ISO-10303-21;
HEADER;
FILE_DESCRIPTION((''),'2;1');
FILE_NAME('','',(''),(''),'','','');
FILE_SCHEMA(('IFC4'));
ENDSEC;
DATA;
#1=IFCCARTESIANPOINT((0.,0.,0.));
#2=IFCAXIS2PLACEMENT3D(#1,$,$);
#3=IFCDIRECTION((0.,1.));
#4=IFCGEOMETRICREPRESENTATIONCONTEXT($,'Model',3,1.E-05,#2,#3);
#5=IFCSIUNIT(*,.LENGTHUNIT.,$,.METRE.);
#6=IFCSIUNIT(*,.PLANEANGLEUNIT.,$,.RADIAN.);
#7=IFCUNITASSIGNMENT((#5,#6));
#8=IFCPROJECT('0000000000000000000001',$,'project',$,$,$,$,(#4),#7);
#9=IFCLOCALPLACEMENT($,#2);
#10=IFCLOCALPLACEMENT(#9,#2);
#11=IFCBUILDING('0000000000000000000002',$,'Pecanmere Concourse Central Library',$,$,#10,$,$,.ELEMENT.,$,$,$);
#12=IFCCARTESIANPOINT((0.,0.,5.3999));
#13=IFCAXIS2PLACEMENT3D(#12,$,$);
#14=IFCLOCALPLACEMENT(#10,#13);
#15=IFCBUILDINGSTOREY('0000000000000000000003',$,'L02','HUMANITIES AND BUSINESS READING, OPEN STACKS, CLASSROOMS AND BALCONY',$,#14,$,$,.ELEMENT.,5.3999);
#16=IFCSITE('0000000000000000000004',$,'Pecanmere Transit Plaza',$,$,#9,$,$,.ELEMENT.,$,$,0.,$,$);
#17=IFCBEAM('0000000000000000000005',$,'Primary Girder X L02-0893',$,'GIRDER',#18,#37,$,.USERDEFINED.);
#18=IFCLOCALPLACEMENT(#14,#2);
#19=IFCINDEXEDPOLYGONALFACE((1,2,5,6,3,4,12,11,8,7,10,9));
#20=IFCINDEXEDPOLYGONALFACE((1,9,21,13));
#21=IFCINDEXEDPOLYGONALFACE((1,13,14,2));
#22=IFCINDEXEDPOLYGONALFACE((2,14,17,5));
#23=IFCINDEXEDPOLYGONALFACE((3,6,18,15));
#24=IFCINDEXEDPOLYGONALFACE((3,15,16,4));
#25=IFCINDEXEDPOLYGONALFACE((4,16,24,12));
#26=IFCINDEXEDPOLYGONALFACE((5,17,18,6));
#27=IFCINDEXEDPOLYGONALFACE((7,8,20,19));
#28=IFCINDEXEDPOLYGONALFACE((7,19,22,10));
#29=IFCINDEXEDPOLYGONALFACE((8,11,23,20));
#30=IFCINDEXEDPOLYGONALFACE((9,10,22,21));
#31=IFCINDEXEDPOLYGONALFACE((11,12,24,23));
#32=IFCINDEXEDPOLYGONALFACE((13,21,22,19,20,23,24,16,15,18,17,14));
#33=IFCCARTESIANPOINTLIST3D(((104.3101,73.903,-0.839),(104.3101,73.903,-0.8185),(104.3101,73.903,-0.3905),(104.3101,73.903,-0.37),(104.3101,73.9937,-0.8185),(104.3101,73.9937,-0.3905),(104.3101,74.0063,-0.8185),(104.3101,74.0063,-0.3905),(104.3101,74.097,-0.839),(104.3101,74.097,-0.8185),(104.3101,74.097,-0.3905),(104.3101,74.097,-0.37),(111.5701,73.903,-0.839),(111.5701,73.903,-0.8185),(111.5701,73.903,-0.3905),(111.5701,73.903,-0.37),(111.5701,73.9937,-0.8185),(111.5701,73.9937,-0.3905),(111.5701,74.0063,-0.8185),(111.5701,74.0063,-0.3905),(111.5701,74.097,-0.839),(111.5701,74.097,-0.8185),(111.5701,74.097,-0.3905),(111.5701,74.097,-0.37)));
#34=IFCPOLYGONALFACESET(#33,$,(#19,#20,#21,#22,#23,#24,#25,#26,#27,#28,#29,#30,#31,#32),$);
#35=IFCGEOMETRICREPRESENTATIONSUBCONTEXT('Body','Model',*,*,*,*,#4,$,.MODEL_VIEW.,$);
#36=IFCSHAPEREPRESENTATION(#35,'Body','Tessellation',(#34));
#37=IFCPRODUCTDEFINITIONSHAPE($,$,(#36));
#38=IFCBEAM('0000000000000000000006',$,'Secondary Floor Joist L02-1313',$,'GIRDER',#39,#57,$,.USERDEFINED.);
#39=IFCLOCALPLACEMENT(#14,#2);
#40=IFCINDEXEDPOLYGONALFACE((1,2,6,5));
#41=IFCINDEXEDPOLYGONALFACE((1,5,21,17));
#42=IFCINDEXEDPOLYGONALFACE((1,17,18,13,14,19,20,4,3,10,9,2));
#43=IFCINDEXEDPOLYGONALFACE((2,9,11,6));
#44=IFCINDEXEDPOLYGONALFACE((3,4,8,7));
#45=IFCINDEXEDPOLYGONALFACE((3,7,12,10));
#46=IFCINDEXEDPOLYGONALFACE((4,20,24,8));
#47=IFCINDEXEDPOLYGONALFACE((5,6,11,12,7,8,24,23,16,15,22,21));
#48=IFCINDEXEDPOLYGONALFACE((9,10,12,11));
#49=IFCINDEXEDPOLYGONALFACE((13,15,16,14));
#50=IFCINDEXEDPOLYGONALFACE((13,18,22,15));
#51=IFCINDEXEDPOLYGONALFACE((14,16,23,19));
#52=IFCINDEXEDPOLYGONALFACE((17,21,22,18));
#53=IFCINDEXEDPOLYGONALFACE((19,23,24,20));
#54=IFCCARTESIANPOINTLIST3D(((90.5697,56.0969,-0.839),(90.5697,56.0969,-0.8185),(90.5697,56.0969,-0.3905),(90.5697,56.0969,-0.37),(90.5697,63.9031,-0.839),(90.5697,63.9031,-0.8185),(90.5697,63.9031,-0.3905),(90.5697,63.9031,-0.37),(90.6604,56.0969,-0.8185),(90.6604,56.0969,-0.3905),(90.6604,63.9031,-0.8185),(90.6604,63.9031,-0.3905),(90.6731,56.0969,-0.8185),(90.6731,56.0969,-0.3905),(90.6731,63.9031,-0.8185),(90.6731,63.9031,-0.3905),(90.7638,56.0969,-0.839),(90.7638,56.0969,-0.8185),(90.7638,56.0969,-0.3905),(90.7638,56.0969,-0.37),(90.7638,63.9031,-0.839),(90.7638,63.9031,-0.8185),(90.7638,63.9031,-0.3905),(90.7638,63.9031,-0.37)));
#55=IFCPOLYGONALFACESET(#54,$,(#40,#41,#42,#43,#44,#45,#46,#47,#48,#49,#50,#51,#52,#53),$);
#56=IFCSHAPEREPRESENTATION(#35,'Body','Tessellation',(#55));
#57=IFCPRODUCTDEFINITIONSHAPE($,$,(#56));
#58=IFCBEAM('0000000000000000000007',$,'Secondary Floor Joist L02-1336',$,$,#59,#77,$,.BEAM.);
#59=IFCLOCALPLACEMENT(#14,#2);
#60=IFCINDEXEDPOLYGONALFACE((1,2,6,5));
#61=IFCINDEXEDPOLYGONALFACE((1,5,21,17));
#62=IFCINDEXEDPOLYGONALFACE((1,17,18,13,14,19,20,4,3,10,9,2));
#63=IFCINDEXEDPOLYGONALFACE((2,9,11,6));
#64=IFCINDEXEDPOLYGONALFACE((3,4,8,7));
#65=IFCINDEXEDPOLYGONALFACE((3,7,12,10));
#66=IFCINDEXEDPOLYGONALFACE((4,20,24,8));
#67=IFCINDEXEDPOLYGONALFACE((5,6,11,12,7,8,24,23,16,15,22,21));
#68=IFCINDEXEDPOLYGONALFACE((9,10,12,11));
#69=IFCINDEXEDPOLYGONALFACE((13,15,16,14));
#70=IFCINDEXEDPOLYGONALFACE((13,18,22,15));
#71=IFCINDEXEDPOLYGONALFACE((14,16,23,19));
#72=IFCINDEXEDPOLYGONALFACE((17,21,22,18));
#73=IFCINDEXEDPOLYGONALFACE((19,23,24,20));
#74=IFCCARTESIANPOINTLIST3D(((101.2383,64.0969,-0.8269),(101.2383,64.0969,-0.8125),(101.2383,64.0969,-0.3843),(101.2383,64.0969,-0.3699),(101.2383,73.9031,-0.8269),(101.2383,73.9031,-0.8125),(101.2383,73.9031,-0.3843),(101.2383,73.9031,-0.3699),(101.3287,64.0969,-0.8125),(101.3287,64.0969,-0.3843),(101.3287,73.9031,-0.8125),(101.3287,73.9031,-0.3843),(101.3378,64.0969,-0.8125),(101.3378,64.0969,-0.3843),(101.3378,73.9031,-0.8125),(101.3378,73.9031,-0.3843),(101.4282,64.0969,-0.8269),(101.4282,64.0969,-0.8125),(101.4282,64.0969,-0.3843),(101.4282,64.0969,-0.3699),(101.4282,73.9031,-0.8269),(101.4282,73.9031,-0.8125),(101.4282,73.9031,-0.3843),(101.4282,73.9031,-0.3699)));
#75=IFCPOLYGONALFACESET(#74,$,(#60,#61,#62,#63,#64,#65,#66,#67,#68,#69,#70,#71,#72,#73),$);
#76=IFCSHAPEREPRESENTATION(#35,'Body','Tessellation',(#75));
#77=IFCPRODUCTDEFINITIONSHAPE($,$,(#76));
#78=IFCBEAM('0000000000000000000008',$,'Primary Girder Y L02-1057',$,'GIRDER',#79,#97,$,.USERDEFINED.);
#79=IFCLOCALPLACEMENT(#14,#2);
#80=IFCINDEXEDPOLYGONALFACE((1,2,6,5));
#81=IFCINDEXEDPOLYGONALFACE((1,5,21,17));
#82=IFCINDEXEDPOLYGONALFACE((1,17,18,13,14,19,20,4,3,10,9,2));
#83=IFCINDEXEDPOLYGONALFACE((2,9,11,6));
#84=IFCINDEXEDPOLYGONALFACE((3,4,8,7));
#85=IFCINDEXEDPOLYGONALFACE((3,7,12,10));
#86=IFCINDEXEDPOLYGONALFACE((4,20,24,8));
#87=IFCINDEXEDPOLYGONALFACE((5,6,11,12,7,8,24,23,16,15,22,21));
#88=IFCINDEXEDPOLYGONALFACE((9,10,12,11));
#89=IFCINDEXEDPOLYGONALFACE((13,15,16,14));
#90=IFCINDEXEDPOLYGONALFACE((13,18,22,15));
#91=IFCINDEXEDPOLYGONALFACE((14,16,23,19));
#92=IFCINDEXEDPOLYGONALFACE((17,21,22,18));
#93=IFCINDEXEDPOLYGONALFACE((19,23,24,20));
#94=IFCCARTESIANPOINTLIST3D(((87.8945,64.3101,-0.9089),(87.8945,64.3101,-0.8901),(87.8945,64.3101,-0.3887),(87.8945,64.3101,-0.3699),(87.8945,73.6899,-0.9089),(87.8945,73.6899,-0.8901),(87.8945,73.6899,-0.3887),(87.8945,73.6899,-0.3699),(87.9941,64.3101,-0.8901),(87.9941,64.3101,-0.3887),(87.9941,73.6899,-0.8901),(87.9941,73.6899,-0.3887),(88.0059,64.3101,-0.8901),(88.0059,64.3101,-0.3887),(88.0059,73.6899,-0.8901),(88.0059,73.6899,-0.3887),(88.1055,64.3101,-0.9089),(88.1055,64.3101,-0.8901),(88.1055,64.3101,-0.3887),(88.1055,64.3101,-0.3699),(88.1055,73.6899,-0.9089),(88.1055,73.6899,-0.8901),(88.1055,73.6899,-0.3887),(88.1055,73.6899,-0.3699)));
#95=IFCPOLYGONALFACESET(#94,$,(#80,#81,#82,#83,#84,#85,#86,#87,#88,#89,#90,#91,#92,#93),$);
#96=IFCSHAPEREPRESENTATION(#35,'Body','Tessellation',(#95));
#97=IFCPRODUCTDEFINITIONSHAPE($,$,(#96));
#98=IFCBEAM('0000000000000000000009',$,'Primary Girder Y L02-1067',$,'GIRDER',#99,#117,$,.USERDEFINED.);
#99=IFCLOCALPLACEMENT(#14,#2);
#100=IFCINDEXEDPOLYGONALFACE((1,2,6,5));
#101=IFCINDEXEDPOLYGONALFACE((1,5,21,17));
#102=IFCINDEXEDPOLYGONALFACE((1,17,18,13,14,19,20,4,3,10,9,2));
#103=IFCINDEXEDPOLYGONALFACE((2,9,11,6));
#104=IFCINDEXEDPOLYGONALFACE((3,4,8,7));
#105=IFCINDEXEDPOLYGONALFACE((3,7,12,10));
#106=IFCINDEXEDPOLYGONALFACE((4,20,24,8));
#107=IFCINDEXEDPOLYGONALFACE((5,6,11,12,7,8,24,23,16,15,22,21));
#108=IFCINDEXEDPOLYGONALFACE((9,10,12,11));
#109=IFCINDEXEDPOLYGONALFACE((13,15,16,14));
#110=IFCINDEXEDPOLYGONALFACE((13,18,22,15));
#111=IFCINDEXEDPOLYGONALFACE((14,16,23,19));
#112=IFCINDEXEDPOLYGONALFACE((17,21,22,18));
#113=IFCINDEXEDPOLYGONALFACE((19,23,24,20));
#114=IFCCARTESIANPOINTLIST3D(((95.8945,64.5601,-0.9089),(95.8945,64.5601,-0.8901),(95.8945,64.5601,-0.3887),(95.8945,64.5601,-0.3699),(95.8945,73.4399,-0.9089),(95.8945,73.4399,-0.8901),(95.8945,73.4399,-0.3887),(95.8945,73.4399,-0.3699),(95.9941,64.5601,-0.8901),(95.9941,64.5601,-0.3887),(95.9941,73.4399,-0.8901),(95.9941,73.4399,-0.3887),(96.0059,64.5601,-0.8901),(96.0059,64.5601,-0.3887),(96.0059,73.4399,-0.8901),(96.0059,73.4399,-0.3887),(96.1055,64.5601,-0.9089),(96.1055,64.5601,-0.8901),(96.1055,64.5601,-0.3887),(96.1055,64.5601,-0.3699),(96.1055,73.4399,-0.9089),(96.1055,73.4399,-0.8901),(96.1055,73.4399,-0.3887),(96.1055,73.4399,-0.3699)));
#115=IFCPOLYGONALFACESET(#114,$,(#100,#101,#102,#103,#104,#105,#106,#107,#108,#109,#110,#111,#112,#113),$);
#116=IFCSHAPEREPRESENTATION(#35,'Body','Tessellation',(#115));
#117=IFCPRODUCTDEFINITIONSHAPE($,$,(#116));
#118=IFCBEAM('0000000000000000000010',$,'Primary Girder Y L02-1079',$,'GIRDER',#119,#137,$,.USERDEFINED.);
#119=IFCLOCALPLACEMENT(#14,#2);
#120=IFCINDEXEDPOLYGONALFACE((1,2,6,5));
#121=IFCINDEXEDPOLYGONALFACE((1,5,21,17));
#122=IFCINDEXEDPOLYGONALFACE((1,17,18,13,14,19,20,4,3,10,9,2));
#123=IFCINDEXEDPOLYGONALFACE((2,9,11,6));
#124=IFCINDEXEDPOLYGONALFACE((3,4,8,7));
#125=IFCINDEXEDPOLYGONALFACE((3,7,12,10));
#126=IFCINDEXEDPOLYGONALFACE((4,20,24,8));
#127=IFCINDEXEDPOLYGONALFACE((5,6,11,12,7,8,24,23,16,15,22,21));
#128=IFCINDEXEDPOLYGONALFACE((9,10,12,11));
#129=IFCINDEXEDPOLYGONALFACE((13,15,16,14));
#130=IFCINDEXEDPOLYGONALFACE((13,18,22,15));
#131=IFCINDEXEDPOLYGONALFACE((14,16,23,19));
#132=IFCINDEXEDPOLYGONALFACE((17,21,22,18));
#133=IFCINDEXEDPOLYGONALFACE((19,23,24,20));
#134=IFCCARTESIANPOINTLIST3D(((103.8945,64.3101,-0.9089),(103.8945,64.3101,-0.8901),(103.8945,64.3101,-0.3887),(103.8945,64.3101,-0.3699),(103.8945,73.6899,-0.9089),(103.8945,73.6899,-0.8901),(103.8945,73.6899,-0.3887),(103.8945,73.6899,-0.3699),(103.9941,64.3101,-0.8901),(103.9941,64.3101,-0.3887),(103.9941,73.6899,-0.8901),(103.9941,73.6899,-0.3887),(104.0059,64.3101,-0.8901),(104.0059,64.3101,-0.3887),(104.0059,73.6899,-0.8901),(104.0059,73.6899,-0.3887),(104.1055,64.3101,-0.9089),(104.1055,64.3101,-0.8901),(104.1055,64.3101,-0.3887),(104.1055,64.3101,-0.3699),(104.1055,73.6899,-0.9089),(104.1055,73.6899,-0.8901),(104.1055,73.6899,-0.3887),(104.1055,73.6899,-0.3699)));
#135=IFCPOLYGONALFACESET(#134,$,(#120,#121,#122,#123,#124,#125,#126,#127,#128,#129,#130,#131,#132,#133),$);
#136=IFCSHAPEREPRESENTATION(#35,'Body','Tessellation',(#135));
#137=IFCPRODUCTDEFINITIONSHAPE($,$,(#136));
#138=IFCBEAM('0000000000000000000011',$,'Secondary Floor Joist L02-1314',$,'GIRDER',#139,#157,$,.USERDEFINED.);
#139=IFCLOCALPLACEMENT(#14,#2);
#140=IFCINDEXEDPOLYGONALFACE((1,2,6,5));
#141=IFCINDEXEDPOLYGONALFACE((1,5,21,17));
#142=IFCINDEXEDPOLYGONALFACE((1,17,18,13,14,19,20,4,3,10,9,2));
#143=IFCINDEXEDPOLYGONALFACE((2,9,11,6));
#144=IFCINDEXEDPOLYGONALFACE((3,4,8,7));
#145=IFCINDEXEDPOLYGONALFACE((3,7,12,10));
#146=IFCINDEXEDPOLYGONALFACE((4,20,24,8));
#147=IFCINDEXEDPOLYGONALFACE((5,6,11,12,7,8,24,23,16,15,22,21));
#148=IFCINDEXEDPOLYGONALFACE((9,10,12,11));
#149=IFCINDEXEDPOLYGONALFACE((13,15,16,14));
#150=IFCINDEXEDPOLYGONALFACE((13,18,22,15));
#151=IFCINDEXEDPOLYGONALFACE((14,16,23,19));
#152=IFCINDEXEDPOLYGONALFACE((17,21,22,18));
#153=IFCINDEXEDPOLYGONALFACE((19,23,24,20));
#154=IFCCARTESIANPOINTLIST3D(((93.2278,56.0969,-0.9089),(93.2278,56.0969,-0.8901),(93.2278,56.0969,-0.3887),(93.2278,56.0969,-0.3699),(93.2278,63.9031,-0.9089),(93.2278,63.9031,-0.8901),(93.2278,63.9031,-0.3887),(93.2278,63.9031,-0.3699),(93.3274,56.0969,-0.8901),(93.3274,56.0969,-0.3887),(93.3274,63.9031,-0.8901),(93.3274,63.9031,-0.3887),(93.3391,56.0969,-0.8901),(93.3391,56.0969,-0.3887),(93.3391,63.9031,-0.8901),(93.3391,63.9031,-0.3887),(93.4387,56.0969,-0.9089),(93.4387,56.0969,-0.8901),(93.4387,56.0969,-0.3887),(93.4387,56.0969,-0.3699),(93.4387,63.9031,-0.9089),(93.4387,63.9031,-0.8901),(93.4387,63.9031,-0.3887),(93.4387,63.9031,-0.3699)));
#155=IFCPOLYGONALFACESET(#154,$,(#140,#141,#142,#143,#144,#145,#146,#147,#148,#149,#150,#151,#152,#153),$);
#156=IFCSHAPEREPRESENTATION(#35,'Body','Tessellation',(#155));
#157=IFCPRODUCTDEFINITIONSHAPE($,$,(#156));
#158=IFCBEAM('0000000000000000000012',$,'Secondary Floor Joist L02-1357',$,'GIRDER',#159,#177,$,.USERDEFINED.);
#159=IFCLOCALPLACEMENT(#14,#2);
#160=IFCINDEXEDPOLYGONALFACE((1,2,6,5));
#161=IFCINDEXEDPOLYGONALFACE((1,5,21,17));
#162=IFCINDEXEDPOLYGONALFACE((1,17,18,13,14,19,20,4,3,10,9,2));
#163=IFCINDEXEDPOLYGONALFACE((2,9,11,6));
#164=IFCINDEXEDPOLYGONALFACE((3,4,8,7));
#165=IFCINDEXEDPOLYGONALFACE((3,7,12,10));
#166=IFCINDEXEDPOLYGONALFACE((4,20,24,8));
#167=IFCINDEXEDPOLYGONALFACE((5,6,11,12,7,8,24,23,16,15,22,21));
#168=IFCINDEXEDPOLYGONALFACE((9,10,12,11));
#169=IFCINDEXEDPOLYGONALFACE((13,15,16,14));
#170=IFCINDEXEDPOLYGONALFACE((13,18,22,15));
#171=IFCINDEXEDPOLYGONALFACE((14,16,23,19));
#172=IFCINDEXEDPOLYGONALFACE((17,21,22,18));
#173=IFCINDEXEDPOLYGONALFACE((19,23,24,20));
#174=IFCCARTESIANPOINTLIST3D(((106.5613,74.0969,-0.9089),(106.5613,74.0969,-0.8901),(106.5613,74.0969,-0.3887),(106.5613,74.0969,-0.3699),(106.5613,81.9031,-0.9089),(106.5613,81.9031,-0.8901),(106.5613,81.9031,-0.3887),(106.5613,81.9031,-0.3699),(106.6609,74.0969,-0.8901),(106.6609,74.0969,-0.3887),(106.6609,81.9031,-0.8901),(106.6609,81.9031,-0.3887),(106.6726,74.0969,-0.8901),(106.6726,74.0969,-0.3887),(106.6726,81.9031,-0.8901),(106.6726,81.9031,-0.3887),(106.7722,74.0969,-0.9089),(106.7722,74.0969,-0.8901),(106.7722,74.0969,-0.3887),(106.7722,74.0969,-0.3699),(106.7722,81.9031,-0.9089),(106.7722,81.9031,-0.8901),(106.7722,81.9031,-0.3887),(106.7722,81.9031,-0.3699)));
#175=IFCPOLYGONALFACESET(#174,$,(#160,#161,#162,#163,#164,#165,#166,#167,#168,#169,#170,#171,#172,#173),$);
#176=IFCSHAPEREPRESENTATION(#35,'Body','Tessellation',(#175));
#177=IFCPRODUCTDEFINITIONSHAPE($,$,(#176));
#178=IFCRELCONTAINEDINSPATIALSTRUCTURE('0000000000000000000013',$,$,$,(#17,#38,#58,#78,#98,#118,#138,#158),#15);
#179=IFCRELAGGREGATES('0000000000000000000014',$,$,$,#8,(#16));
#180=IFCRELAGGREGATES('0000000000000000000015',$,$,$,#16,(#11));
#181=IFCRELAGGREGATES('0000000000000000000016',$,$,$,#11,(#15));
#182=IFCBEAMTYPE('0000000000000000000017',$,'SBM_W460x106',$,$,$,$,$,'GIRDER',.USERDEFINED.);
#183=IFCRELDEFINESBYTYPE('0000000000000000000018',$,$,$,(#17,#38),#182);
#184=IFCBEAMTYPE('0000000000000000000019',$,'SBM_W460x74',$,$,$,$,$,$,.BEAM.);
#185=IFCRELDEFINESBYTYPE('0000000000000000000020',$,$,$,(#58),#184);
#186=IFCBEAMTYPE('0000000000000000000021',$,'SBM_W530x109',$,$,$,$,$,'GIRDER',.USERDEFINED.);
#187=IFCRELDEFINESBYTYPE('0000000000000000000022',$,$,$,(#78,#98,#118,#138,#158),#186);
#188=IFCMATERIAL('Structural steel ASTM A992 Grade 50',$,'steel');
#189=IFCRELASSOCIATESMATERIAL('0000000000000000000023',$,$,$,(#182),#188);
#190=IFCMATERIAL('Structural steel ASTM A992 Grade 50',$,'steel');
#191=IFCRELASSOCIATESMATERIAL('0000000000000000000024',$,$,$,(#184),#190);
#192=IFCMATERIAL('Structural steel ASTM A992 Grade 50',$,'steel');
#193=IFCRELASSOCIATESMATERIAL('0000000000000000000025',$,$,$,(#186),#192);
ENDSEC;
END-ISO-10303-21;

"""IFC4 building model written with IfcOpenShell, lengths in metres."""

from ifc_helpers import new_model, si_unit, direction, frame, origin, origin_2d, place, context, subcontext, project, spatial, i_section, extrude, material, material_profile, profile_set, type_object, element, save


model = new_model("IFC4")

# Units and contexts
model_context = context("Model", 3, precision=1e-05, world=origin(), true_north=direction((0.0, 1.0)))
body_context = subcontext(model_context, "Body", "Model", "MODEL_VIEW")
ifc_project = project(units=[si_unit("LENGTHUNIT", "METRE"), si_unit("PLANEANGLEUNIT", "RADIAN")], contexts=[model_context])

# Site, building, storey
site_placement = place(None, origin())
site = spatial("IfcSite", under=ifc_project, at=site_placement, Name="Pecanmere Transit Plaza", CompositionType="ELEMENT", RefElevation=0.0)
building_placement = place(site_placement, origin())
building = spatial("IfcBuilding", under=site, at=building_placement, Name="Pecanmere Concourse Central Library", CompositionType="ELEMENT")
storey_placement = place(building_placement, frame((0.0, 0.0, 5.3999)))
storey = spatial("IfcBuildingStorey", under=building, at=storey_placement, Name="L02", Description="HUMANITIES AND BUSINESS READING, OPEN STACKS, CLASSROOMS AND BALCONY", CompositionType="ELEMENT", Elevation=5.3999)

# Beams
ifc_material_1 = material(Name="Structural steel ASTM A992 Grade 50", Category="steel")
ifc_material_profile_1 = material_profile(ifc_material_1, i_section(OverallWidth=0.1941, OverallDepth=0.469, WebThickness=0.0127, FlangeThickness=0.0205, at=origin_2d()), Name="W460x106")
ifc_profile_set_1 = profile_set([ifc_material_profile_1], Name="Structural steel ASTM A992 Grade 50")
beam_type_1 = type_object("IfcBeamType", Name="SBM_W460x106", ElementType="GIRDER", PredefinedType="USERDEFINED", material=ifc_profile_set_1)
beam_1_placement = place(storey_placement, frame((104.3101, 74.0, -0.6045), z_axis=(1.0, 0.0, 0.0), x_axis=(0.0, 1.0, 0.0)))
element("IfcBeam", 1, at=beam_1_placement, inside=storey, type_object=beam_type_1, Name="Primary Girder X L02-0893", ObjectType="GIRDER", PredefinedType="USERDEFINED", context=body_context, shape_type="SweptSolid", body=[
    extrude(i_section(OverallWidth=0.1941, OverallDepth=0.469, WebThickness=0.0127, FlangeThickness=0.0205, at=origin_2d()), origin(), (0.0, 0.0, 1.0), 7.26),
])
beam_2_placement = place(storey_placement, frame((90.6667, 56.0969, -0.6045), z_axis=(0.0, 1.0, 0.0), x_axis=(-1.0, 0.0, 0.0)))
element("IfcBeam", 2, at=beam_2_placement, inside=storey, type_object=beam_type_1, Name="Secondary Floor Joist L02-1313", ObjectType="GIRDER", PredefinedType="USERDEFINED", context=body_context, shape_type="SweptSolid", body=[
    extrude(i_section(OverallWidth=0.1941, OverallDepth=0.469, WebThickness=0.0127, FlangeThickness=0.0205, at=origin_2d()), origin(), (0.0, 0.0, 1.0), 7.8062),
])
ifc_material_2 = material(Name="Structural steel ASTM A992 Grade 50", Category="steel")
ifc_material_profile_2 = material_profile(ifc_material_2, i_section(OverallWidth=0.1899, OverallDepth=0.457, WebThickness=0.009, FlangeThickness=0.0144, at=origin_2d()), Name="W460x74")
ifc_profile_set_2 = profile_set([ifc_material_profile_2], Name="Structural steel ASTM A992 Grade 50")
beam_type_2 = type_object("IfcBeamType", Name="SBM_W460x74", PredefinedType="BEAM", material=ifc_profile_set_2)
beam_3_placement = place(storey_placement, frame((101.3333, 64.0969, -0.5984), z_axis=(0.0, 1.0, 0.0), x_axis=(-1.0, 0.0, 0.0)))
element("IfcBeam", 3, at=beam_3_placement, inside=storey, type_object=beam_type_2, Name="Secondary Floor Joist L02-1336", PredefinedType="BEAM", context=body_context, shape_type="SweptSolid", body=[
    extrude(i_section(OverallWidth=0.1899, OverallDepth=0.457, WebThickness=0.009, FlangeThickness=0.0144, at=origin_2d()), origin(), (0.0, 0.0, 1.0), 9.8062),
])
ifc_material_3 = material(Name="Structural steel ASTM A992 Grade 50", Category="steel")
ifc_material_profile_3 = material_profile(ifc_material_3, i_section(OverallWidth=0.2109, OverallDepth=0.5391, WebThickness=0.0117, FlangeThickness=0.0188, at=origin_2d()), Name="W530x109")
ifc_profile_set_3 = profile_set([ifc_material_profile_3], Name="Structural steel ASTM A992 Grade 50")
beam_type_3 = type_object("IfcBeamType", Name="SBM_W530x109", ElementType="GIRDER", PredefinedType="USERDEFINED", material=ifc_profile_set_3)
beam_4_placement = place(storey_placement, frame((88.0, 64.3101, -0.6394), z_axis=(0.0, 1.0, 0.0), x_axis=(-1.0, 0.0, 0.0)))
element("IfcBeam", 4, at=beam_4_placement, inside=storey, type_object=beam_type_3, Name="Primary Girder Y L02-1057", ObjectType="GIRDER", PredefinedType="USERDEFINED", context=body_context, shape_type="SweptSolid", body=[
    extrude(i_section(OverallWidth=0.2109, OverallDepth=0.5391, WebThickness=0.0117, FlangeThickness=0.0188, at=origin_2d()), origin(), (0.0, 0.0, 1.0), 9.3799),
])
beam_5_placement = place(storey_placement, frame((96.0, 64.5601, -0.6394), z_axis=(0.0, 1.0, 0.0), x_axis=(-1.0, 0.0, 0.0)))
element("IfcBeam", 5, at=beam_5_placement, inside=storey, type_object=beam_type_3, Name="Primary Girder Y L02-1067", ObjectType="GIRDER", PredefinedType="USERDEFINED", context=body_context, shape_type="SweptSolid", body=[
    extrude(i_section(OverallWidth=0.2109, OverallDepth=0.5391, WebThickness=0.0117, FlangeThickness=0.0188, at=origin_2d()), origin(), (0.0, 0.0, 1.0), 8.8799),
])
beam_6_placement = place(storey_placement, frame((104.0, 64.3101, -0.6394), z_axis=(0.0, 1.0, 0.0), x_axis=(-1.0, 0.0, 0.0)))
element("IfcBeam", 6, at=beam_6_placement, inside=storey, type_object=beam_type_3, Name="Primary Girder Y L02-1079", ObjectType="GIRDER", PredefinedType="USERDEFINED", context=body_context, shape_type="SweptSolid", body=[
    extrude(i_section(OverallWidth=0.2109, OverallDepth=0.5391, WebThickness=0.0117, FlangeThickness=0.0188, at=origin_2d()), origin(), (0.0, 0.0, 1.0), 9.3799),
])
for number, where, z_axis, x_axis, name in (
    (7, (93.3333, 56.0969, -0.6394), (0.0, 1.0, 0.0), (-1.0, 0.0, 0.0), "Secondary Floor Joist L02-1314"),
    (8, (106.6667, 74.0969, -0.6394), (0.0, 1.0, 0.0), (-1.0, 0.0, 0.0), "Secondary Floor Joist L02-1357"),
):
    element("IfcBeam", number, at=place(storey_placement, frame(where, z_axis=z_axis, x_axis=x_axis)), inside=storey, type_object=beam_type_3, Name=name, ObjectType="GIRDER", PredefinedType="USERDEFINED", context=body_context, shape_type="SweptSolid", body=[
        extrude(i_section(OverallWidth=0.2109, OverallDepth=0.5391, WebThickness=0.0117, FlangeThickness=0.0188, at=origin_2d()), origin(), (0.0, 0.0, 1.0), 7.8062),
    ])

save(model, "model.ifc")
